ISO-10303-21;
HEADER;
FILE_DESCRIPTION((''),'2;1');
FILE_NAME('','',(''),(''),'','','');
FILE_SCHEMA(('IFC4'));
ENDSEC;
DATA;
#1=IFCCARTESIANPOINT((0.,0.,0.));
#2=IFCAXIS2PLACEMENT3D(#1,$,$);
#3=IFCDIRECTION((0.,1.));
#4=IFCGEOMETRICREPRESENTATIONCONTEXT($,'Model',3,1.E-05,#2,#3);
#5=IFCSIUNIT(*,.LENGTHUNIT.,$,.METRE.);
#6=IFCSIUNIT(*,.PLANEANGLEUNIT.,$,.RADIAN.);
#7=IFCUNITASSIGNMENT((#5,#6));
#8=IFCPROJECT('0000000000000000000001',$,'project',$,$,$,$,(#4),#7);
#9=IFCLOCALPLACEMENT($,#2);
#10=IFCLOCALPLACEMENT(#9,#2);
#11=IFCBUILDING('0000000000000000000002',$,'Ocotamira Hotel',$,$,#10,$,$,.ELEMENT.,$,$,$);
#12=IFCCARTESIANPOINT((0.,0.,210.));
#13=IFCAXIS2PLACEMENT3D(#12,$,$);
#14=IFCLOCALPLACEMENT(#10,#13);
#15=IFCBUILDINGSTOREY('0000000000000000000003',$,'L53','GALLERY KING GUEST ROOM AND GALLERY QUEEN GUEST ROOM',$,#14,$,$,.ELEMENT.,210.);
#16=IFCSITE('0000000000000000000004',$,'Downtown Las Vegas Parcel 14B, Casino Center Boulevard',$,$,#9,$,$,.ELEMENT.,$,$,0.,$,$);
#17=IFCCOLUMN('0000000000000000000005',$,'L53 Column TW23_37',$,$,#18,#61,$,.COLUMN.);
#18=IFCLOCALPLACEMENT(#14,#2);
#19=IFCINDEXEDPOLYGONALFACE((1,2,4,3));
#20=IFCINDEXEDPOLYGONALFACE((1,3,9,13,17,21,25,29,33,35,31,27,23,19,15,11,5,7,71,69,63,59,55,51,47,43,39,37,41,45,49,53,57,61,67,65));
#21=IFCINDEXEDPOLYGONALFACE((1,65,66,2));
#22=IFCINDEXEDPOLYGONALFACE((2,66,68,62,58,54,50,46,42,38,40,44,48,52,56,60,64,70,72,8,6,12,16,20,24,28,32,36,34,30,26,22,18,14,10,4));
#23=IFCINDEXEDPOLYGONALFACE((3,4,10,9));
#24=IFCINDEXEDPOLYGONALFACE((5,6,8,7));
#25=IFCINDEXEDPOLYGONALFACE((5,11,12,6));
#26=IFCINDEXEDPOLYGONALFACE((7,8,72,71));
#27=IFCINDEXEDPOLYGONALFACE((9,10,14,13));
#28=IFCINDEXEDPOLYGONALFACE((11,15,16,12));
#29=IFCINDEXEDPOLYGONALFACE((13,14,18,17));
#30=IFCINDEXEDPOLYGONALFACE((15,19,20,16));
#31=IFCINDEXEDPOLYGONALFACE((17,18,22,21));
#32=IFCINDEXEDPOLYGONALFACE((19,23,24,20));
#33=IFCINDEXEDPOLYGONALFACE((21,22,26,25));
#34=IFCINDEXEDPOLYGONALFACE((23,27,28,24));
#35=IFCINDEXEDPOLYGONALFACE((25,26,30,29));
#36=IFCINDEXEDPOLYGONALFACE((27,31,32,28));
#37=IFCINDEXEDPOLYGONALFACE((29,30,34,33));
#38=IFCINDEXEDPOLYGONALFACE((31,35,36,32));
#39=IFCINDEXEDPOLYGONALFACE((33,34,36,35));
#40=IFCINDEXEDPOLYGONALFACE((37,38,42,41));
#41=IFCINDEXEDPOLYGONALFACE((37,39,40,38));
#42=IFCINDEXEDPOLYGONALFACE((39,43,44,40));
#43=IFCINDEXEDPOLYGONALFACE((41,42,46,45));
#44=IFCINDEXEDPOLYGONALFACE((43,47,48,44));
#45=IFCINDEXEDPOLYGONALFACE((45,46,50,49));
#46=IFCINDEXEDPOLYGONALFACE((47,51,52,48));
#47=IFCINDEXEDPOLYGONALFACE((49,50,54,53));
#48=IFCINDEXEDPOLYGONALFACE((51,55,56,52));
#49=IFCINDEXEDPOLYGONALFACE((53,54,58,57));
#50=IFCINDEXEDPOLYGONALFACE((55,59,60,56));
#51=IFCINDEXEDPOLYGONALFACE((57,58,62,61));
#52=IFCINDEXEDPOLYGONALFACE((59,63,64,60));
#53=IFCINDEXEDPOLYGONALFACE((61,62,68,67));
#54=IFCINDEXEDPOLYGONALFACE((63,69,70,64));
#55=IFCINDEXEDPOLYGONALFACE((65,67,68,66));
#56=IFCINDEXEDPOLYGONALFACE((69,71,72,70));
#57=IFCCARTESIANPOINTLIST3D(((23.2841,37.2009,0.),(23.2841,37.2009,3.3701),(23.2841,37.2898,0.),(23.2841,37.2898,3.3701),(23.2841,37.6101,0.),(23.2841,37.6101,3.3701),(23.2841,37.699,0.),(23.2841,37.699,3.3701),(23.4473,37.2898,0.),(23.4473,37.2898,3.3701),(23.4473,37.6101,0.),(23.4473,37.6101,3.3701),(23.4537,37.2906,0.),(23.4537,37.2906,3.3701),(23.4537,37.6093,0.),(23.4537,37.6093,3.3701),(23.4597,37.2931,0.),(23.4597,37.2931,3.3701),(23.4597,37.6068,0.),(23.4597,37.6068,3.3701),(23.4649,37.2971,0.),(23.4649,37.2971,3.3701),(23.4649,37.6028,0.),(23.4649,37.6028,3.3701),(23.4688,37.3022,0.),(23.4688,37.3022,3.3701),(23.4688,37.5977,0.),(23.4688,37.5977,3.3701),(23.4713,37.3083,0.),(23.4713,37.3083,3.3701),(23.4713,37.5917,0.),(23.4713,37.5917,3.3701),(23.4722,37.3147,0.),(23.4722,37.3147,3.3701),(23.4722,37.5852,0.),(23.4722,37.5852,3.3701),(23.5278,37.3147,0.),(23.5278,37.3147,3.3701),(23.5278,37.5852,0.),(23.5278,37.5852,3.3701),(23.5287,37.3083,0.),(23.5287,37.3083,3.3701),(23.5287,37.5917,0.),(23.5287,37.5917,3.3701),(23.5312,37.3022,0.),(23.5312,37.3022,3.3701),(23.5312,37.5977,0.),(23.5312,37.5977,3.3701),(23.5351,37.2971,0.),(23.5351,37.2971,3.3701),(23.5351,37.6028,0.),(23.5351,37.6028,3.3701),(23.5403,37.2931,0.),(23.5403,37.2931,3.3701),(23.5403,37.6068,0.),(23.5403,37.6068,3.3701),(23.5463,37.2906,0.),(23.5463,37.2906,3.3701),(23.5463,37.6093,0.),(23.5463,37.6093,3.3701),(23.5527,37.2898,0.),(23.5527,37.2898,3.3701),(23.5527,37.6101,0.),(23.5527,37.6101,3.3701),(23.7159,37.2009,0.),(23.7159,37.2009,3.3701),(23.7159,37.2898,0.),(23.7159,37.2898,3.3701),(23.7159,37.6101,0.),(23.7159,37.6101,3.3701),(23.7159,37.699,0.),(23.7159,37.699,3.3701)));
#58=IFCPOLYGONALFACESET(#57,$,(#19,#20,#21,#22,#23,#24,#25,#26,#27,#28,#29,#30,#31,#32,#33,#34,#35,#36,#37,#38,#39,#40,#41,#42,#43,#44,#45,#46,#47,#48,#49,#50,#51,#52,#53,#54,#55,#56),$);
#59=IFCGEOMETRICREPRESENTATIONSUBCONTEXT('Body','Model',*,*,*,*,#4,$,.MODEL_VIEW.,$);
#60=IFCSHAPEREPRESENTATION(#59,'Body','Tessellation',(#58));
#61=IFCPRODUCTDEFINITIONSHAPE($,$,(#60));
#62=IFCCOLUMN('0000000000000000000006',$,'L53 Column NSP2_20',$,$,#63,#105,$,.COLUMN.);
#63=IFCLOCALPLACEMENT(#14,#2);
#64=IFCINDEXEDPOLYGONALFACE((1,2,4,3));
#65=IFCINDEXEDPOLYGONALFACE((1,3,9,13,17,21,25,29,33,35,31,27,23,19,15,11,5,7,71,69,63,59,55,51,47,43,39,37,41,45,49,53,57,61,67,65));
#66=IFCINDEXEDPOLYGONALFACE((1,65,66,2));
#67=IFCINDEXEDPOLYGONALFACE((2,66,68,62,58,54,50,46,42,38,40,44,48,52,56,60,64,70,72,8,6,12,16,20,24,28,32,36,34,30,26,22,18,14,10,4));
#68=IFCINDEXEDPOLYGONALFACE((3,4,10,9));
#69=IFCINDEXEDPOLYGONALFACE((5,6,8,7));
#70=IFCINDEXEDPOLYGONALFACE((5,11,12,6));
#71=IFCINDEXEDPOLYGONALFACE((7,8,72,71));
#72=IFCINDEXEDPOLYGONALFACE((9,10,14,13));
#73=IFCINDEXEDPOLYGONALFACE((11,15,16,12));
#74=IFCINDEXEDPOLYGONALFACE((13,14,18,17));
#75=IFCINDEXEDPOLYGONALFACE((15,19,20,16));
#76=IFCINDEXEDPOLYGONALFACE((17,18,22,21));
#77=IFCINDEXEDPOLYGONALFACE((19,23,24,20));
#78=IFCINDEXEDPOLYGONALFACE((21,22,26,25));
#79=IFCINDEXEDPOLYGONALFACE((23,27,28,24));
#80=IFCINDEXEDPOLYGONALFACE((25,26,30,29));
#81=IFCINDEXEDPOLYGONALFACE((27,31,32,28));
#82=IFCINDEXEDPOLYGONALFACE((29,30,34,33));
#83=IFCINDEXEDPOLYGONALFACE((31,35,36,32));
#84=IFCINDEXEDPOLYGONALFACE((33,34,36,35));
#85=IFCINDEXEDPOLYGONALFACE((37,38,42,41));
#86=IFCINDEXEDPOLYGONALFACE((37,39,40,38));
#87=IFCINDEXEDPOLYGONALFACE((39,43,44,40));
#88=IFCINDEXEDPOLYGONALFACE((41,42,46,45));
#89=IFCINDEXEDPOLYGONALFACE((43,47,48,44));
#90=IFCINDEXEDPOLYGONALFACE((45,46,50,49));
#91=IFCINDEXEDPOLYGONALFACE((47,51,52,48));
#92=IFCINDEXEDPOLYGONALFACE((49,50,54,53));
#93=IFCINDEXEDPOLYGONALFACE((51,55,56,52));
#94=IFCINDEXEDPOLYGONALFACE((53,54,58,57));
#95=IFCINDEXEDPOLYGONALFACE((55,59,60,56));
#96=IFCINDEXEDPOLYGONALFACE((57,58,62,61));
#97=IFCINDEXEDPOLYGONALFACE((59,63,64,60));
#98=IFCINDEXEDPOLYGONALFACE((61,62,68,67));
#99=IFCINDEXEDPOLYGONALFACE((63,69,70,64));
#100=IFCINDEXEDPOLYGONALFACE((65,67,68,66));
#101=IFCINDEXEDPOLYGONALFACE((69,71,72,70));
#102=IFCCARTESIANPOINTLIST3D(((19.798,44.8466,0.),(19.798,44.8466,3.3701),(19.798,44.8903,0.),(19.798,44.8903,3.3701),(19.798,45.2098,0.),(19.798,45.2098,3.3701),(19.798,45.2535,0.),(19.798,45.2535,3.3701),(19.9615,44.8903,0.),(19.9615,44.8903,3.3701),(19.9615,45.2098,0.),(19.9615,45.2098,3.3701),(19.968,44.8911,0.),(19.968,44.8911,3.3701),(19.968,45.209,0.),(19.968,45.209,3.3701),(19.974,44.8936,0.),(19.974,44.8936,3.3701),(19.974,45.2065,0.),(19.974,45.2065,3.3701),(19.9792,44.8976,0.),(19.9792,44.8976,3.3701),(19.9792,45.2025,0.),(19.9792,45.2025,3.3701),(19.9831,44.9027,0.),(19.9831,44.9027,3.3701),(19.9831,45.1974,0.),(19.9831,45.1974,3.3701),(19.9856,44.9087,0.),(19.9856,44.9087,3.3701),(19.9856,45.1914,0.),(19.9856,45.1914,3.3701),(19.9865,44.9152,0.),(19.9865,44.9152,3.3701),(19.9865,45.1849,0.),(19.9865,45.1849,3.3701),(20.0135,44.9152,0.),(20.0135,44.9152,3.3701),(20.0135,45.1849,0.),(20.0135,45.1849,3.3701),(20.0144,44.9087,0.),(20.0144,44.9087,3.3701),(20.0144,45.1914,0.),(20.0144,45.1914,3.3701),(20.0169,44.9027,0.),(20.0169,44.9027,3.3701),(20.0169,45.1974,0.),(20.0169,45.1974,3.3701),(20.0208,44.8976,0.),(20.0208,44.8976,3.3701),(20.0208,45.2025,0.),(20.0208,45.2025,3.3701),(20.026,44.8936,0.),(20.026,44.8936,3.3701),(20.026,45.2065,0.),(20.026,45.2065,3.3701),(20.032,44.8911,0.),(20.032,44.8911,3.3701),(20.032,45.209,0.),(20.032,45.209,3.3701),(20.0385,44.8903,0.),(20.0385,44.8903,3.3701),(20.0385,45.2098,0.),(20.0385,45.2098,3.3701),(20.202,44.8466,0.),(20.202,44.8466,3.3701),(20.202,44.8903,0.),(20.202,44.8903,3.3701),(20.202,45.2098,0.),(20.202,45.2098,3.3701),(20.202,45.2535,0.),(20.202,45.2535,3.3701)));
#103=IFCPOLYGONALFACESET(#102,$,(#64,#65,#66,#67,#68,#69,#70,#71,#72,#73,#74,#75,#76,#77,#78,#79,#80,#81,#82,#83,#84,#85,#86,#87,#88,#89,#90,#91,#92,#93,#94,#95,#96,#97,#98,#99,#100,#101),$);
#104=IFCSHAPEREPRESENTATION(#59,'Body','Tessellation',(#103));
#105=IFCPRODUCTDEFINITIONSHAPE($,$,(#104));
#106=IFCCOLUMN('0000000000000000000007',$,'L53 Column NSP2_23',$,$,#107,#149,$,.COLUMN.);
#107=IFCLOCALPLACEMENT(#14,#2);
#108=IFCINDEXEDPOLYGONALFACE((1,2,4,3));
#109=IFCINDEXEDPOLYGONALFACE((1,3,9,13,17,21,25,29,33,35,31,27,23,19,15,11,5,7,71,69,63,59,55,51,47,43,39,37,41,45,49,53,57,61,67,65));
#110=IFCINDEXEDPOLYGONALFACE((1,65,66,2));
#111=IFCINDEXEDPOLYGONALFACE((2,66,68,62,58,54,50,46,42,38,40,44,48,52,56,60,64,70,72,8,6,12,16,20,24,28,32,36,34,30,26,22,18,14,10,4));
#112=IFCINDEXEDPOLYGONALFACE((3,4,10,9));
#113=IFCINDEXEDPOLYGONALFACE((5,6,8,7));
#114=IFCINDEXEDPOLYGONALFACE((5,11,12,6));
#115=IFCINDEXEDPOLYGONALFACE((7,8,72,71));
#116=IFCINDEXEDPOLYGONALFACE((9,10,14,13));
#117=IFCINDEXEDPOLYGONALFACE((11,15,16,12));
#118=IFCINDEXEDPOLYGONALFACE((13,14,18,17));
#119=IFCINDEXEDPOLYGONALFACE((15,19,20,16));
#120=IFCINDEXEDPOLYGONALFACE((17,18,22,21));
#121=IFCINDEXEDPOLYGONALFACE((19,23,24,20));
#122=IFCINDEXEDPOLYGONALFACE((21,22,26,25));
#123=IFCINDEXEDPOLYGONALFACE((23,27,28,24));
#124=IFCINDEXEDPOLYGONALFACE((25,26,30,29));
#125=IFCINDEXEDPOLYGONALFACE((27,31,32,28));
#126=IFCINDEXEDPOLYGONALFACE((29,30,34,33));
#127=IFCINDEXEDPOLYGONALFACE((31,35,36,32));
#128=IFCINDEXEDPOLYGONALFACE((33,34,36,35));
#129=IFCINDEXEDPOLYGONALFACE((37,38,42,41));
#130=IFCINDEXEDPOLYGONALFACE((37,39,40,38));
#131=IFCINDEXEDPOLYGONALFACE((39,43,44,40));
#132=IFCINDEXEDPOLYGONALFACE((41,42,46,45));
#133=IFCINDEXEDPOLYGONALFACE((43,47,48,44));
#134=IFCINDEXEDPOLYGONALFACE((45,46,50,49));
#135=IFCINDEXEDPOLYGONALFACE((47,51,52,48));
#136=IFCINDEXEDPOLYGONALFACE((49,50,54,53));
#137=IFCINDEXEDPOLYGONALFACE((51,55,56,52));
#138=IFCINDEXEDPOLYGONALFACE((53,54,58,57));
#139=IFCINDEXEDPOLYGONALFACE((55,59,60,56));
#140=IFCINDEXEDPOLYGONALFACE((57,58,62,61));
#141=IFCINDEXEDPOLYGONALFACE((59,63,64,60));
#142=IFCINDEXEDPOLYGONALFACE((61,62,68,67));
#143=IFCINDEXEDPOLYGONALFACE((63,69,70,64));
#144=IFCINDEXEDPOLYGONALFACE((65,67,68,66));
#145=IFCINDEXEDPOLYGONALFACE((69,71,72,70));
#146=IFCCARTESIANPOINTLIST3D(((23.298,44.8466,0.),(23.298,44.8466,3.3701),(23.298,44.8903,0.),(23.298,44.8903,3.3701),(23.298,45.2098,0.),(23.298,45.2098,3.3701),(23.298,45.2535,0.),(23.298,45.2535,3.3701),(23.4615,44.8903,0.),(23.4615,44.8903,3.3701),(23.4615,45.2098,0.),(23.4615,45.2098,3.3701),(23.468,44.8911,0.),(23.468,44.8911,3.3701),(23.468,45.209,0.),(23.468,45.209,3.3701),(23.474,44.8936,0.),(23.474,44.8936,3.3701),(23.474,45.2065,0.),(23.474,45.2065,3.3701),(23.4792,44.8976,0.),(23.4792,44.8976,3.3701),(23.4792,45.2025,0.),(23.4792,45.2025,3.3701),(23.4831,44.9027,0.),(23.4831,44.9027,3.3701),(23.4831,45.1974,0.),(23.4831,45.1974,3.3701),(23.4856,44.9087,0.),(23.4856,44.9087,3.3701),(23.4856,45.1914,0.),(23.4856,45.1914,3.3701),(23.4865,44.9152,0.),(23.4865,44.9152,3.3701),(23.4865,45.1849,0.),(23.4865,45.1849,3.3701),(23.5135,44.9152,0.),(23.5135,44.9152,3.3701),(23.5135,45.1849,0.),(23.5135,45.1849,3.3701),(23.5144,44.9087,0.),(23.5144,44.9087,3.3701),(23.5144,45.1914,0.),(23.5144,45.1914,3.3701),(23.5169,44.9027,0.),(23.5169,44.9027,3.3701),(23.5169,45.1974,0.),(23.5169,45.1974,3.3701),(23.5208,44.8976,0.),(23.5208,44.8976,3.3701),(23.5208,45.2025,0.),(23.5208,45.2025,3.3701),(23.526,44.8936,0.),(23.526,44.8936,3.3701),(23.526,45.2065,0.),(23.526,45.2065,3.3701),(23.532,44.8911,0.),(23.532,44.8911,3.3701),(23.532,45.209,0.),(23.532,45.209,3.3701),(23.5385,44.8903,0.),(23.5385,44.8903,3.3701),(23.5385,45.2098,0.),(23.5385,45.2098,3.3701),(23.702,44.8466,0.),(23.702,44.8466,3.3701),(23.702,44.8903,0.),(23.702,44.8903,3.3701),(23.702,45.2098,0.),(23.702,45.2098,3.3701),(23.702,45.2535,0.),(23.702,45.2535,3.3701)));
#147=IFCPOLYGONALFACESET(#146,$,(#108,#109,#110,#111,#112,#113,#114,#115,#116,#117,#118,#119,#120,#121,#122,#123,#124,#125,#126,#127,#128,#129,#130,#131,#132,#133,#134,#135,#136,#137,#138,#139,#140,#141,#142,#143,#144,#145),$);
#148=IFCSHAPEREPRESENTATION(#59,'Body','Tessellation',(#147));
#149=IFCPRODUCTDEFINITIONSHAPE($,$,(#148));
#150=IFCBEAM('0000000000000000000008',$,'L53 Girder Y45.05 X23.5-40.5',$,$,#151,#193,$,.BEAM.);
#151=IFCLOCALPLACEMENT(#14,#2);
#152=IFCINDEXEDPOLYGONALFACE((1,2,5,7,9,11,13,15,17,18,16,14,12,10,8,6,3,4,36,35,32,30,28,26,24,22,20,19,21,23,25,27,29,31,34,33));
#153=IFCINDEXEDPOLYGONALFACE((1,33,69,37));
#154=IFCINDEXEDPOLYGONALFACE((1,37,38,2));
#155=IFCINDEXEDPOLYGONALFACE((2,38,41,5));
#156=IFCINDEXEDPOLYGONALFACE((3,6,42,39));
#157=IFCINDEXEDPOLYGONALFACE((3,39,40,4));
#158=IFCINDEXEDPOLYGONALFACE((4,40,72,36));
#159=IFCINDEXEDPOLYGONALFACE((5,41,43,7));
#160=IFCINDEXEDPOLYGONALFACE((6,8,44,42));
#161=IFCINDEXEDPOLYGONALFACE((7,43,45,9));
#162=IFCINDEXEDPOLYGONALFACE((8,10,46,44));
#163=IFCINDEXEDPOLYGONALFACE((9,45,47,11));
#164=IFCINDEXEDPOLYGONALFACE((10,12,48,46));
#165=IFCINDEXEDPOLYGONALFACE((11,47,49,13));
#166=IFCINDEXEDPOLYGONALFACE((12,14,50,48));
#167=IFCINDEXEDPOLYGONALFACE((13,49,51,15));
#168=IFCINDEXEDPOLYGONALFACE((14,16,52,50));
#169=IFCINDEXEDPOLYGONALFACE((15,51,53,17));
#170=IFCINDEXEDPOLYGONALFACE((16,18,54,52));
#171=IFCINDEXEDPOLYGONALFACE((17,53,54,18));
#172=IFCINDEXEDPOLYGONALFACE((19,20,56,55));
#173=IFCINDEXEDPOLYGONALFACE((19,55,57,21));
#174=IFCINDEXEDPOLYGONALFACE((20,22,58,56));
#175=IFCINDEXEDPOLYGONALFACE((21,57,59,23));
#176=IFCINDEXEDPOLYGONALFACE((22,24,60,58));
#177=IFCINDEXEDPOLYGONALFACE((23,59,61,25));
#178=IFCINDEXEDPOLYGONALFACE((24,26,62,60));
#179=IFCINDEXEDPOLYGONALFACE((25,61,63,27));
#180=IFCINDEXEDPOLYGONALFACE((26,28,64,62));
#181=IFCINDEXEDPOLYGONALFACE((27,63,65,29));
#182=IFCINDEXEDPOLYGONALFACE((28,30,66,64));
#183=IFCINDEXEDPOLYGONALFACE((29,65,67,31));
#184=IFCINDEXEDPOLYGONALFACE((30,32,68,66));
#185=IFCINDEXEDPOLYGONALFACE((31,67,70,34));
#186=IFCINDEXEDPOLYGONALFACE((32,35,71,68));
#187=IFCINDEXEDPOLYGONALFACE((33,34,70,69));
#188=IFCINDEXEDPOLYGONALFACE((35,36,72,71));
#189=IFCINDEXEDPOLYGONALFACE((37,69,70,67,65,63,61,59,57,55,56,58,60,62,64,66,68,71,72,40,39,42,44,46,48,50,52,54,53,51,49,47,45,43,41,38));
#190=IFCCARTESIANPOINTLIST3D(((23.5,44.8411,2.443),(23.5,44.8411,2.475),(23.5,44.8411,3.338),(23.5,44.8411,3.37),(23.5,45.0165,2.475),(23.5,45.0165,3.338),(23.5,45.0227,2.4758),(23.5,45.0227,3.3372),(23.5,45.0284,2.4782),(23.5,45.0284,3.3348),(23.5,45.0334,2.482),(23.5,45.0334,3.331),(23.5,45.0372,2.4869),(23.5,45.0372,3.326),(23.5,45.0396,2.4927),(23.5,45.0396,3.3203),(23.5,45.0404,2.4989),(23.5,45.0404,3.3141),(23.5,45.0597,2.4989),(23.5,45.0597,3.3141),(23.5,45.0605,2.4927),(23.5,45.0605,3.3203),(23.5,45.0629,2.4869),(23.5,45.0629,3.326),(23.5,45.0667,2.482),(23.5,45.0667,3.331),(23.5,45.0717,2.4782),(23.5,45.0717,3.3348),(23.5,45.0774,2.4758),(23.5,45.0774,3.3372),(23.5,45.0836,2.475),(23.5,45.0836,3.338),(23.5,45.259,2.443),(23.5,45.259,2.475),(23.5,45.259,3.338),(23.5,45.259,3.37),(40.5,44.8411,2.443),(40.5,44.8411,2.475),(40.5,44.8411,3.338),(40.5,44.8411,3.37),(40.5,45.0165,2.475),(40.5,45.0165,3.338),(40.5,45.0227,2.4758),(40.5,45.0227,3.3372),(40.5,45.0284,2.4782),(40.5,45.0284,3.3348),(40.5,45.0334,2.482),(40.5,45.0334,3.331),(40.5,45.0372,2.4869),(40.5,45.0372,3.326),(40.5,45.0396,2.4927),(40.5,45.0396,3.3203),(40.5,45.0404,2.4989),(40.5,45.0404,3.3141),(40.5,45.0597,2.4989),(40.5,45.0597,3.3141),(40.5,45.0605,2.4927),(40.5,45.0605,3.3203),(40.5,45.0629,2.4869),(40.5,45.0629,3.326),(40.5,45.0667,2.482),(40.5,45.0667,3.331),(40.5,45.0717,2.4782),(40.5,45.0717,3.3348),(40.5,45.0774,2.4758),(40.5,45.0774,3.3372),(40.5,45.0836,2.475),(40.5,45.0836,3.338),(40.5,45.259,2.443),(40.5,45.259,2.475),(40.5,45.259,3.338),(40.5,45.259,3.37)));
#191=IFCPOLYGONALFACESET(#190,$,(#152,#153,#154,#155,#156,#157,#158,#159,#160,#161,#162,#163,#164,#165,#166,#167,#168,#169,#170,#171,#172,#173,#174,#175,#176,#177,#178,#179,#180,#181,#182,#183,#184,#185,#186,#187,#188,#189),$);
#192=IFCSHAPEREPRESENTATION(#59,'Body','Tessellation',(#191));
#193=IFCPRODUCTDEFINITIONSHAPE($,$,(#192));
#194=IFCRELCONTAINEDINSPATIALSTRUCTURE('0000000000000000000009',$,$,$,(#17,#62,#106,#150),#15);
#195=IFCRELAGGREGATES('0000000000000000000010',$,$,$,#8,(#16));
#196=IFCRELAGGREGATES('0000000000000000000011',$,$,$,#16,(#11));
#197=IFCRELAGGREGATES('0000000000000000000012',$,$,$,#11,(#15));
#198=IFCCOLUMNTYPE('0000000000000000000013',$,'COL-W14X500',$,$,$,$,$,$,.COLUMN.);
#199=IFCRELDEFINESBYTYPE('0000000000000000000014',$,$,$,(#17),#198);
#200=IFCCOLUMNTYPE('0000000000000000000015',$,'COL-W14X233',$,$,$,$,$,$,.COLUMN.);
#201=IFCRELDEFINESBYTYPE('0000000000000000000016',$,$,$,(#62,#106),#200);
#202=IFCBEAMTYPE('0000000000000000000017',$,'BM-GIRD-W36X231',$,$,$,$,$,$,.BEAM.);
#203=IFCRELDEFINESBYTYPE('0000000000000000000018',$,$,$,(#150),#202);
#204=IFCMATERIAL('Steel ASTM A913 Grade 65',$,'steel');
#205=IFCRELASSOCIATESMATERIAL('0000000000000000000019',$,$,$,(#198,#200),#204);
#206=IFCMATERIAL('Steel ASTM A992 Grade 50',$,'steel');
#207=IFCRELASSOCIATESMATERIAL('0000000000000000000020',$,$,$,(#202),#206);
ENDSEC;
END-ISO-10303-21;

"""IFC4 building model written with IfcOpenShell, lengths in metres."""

from ifc_helpers import new_model, si_unit, direction, frame, origin, origin_2d, place, context, subcontext, project, spatial, i_section, extrude, source, transform, mapped, material, material_profile, profile_set, type_object, element, save


model = new_model("IFC4")

# Units and contexts
model_context = context("Model", 3, precision=1e-05, world=origin(), true_north=direction((0.0, 1.0)))
body_context = subcontext(model_context, "Body", "Model", "MODEL_VIEW")
ifc_project = project(units=[si_unit("LENGTHUNIT", "METRE"), si_unit("PLANEANGLEUNIT", "RADIAN")], contexts=[model_context])

# Site, building, storey
site_placement = place(None, origin())
site = spatial("IfcSite", under=ifc_project, at=site_placement, Name="Downtown Las Vegas Parcel 14B, Casino Center Boulevard", CompositionType="ELEMENT", RefElevation=0.0)
building_placement = place(site_placement, origin())
building = spatial("IfcBuilding", under=site, at=building_placement, Name="Ocotamira Hotel", CompositionType="ELEMENT")
storey_placement = place(building_placement, frame((0.0, 0.0, 210.0)))
storey = spatial("IfcBuildingStorey", under=building, at=storey_placement, Name="L53", Description="GALLERY KING GUEST ROOM AND GALLERY QUEEN GUEST ROOM", CompositionType="ELEMENT", Elevation=210.0)

# Columns
ifc_material_1 = material(Name="Steel ASTM A913 Grade 65", Category="steel")
ifc_material_profile_1 = material_profile(ifc_material_1, i_section(OverallWidth=0.4319, OverallDepth=0.498, WebThickness=0.0557, FlangeThickness=0.0889, FilletRadius=0.0249, at=origin_2d()), Name="W14X500")
ifc_profile_set_1 = profile_set([ifc_material_profile_1], Name="Steel ASTM A913 Grade 65")
column_type_1 = type_object("IfcColumnType", Name="COL-W14X500", PredefinedType="COLUMN", material=ifc_profile_set_1)
shared_shape_1 = source(origin(), body_context, "Body", "SweptSolid", [
    extrude(i_section(OverallWidth=0.4319, OverallDepth=0.498, WebThickness=0.0557, FlangeThickness=0.0889, FilletRadius=0.0249, at=origin_2d()), origin(), (0.0, 0.0, 1.0), 3.3701),
])
column_placement = place(storey_placement, frame((23.5, 37.45, 0.0), z_axis=(0.0, 0.0, 1.0), x_axis=(1.0, 0.0, 0.0)))
element("IfcColumn", 1, at=column_placement, inside=storey, type_object=column_type_1, Name="L53 Column TW23_37", PredefinedType="COLUMN", context=body_context, shape_type="MappedRepresentation", body=[
    mapped(shared_shape_1, transform((0.0, 0.0, 0.0), scale=1.0)),
])
ifc_material_profile_2 = material_profile(ifc_material_1, i_section(OverallWidth=0.4041, OverallDepth=0.407, WebThickness=0.0271, FlangeThickness=0.0437, FilletRadius=0.0249, at=origin_2d()), Name="W14X233")
ifc_profile_set_2 = profile_set([ifc_material_profile_2], Name="Steel ASTM A913 Grade 65")
column_type_2 = type_object("IfcColumnType", Name="COL-W14X233", PredefinedType="COLUMN", material=ifc_profile_set_2)
shared_shape_2 = source(origin(), body_context, "Body", "SweptSolid", [
    extrude(i_section(OverallWidth=0.4041, OverallDepth=0.407, WebThickness=0.0271, FlangeThickness=0.0437, FilletRadius=0.0249, at=origin_2d()), origin(), (0.0, 0.0, 1.0), 3.3701),
])
for number, where, z_axis, x_axis, name in (
    (2, (20.0, 45.05, 0.0), (0.0, 0.0, 1.0), (1.0, 0.0, 0.0), "L53 Column NSP2_20"),
    (3, (23.5, 45.05, 0.0), (0.0, 0.0, 1.0), (1.0, 0.0, 0.0), "L53 Column NSP2_23"),
):
    element("IfcColumn", number, at=place(storey_placement, frame(where, z_axis=z_axis, x_axis=x_axis)), inside=storey, type_object=column_type_2, Name=name, PredefinedType="COLUMN", context=body_context, shape_type="MappedRepresentation", body=[
        mapped(shared_shape_2, transform((0.0, 0.0, 0.0), scale=1.0)),
    ])

# Beam
ifc_material_2 = material(Name="Steel ASTM A992 Grade 50", Category="steel")
ifc_material_profile_3 = material_profile(ifc_material_2, i_section(OverallWidth=0.418, OverallDepth=0.927, WebThickness=0.0193, FlangeThickness=0.032, FilletRadius=0.0239, at=origin_2d()), Name="W36X231")
ifc_profile_set_3 = profile_set([ifc_material_profile_3], Name="Steel ASTM A992 Grade 50")
beam_type_1 = type_object("IfcBeamType", Name="BM-GIRD-W36X231", PredefinedType="BEAM", material=ifc_profile_set_3)
shared_shape_3 = source(origin(), body_context, "Body", "SweptSolid", [
    extrude(i_section(OverallWidth=0.418, OverallDepth=0.927, WebThickness=0.0193, FlangeThickness=0.032, FilletRadius=0.0239, at=origin_2d()), origin(), (0.0, 0.0, 1.0), 17.0),
])
beam_1_placement = place(storey_placement, frame((23.5, 45.05, 2.9065), z_axis=(1.0, 0.0, 0.0), x_axis=(0.0, 1.0, 0.0)))
element("IfcBeam", 4, at=beam_1_placement, inside=storey, type_object=beam_type_1, Name="L53 Girder Y45.05 X23.5-40.5", PredefinedType="BEAM", context=body_context, shape_type="MappedRepresentation", body=[
    mapped(shared_shape_3, transform((0.0, 0.0, 0.0), scale=1.0)),
])

save(model, "model.ifc")
